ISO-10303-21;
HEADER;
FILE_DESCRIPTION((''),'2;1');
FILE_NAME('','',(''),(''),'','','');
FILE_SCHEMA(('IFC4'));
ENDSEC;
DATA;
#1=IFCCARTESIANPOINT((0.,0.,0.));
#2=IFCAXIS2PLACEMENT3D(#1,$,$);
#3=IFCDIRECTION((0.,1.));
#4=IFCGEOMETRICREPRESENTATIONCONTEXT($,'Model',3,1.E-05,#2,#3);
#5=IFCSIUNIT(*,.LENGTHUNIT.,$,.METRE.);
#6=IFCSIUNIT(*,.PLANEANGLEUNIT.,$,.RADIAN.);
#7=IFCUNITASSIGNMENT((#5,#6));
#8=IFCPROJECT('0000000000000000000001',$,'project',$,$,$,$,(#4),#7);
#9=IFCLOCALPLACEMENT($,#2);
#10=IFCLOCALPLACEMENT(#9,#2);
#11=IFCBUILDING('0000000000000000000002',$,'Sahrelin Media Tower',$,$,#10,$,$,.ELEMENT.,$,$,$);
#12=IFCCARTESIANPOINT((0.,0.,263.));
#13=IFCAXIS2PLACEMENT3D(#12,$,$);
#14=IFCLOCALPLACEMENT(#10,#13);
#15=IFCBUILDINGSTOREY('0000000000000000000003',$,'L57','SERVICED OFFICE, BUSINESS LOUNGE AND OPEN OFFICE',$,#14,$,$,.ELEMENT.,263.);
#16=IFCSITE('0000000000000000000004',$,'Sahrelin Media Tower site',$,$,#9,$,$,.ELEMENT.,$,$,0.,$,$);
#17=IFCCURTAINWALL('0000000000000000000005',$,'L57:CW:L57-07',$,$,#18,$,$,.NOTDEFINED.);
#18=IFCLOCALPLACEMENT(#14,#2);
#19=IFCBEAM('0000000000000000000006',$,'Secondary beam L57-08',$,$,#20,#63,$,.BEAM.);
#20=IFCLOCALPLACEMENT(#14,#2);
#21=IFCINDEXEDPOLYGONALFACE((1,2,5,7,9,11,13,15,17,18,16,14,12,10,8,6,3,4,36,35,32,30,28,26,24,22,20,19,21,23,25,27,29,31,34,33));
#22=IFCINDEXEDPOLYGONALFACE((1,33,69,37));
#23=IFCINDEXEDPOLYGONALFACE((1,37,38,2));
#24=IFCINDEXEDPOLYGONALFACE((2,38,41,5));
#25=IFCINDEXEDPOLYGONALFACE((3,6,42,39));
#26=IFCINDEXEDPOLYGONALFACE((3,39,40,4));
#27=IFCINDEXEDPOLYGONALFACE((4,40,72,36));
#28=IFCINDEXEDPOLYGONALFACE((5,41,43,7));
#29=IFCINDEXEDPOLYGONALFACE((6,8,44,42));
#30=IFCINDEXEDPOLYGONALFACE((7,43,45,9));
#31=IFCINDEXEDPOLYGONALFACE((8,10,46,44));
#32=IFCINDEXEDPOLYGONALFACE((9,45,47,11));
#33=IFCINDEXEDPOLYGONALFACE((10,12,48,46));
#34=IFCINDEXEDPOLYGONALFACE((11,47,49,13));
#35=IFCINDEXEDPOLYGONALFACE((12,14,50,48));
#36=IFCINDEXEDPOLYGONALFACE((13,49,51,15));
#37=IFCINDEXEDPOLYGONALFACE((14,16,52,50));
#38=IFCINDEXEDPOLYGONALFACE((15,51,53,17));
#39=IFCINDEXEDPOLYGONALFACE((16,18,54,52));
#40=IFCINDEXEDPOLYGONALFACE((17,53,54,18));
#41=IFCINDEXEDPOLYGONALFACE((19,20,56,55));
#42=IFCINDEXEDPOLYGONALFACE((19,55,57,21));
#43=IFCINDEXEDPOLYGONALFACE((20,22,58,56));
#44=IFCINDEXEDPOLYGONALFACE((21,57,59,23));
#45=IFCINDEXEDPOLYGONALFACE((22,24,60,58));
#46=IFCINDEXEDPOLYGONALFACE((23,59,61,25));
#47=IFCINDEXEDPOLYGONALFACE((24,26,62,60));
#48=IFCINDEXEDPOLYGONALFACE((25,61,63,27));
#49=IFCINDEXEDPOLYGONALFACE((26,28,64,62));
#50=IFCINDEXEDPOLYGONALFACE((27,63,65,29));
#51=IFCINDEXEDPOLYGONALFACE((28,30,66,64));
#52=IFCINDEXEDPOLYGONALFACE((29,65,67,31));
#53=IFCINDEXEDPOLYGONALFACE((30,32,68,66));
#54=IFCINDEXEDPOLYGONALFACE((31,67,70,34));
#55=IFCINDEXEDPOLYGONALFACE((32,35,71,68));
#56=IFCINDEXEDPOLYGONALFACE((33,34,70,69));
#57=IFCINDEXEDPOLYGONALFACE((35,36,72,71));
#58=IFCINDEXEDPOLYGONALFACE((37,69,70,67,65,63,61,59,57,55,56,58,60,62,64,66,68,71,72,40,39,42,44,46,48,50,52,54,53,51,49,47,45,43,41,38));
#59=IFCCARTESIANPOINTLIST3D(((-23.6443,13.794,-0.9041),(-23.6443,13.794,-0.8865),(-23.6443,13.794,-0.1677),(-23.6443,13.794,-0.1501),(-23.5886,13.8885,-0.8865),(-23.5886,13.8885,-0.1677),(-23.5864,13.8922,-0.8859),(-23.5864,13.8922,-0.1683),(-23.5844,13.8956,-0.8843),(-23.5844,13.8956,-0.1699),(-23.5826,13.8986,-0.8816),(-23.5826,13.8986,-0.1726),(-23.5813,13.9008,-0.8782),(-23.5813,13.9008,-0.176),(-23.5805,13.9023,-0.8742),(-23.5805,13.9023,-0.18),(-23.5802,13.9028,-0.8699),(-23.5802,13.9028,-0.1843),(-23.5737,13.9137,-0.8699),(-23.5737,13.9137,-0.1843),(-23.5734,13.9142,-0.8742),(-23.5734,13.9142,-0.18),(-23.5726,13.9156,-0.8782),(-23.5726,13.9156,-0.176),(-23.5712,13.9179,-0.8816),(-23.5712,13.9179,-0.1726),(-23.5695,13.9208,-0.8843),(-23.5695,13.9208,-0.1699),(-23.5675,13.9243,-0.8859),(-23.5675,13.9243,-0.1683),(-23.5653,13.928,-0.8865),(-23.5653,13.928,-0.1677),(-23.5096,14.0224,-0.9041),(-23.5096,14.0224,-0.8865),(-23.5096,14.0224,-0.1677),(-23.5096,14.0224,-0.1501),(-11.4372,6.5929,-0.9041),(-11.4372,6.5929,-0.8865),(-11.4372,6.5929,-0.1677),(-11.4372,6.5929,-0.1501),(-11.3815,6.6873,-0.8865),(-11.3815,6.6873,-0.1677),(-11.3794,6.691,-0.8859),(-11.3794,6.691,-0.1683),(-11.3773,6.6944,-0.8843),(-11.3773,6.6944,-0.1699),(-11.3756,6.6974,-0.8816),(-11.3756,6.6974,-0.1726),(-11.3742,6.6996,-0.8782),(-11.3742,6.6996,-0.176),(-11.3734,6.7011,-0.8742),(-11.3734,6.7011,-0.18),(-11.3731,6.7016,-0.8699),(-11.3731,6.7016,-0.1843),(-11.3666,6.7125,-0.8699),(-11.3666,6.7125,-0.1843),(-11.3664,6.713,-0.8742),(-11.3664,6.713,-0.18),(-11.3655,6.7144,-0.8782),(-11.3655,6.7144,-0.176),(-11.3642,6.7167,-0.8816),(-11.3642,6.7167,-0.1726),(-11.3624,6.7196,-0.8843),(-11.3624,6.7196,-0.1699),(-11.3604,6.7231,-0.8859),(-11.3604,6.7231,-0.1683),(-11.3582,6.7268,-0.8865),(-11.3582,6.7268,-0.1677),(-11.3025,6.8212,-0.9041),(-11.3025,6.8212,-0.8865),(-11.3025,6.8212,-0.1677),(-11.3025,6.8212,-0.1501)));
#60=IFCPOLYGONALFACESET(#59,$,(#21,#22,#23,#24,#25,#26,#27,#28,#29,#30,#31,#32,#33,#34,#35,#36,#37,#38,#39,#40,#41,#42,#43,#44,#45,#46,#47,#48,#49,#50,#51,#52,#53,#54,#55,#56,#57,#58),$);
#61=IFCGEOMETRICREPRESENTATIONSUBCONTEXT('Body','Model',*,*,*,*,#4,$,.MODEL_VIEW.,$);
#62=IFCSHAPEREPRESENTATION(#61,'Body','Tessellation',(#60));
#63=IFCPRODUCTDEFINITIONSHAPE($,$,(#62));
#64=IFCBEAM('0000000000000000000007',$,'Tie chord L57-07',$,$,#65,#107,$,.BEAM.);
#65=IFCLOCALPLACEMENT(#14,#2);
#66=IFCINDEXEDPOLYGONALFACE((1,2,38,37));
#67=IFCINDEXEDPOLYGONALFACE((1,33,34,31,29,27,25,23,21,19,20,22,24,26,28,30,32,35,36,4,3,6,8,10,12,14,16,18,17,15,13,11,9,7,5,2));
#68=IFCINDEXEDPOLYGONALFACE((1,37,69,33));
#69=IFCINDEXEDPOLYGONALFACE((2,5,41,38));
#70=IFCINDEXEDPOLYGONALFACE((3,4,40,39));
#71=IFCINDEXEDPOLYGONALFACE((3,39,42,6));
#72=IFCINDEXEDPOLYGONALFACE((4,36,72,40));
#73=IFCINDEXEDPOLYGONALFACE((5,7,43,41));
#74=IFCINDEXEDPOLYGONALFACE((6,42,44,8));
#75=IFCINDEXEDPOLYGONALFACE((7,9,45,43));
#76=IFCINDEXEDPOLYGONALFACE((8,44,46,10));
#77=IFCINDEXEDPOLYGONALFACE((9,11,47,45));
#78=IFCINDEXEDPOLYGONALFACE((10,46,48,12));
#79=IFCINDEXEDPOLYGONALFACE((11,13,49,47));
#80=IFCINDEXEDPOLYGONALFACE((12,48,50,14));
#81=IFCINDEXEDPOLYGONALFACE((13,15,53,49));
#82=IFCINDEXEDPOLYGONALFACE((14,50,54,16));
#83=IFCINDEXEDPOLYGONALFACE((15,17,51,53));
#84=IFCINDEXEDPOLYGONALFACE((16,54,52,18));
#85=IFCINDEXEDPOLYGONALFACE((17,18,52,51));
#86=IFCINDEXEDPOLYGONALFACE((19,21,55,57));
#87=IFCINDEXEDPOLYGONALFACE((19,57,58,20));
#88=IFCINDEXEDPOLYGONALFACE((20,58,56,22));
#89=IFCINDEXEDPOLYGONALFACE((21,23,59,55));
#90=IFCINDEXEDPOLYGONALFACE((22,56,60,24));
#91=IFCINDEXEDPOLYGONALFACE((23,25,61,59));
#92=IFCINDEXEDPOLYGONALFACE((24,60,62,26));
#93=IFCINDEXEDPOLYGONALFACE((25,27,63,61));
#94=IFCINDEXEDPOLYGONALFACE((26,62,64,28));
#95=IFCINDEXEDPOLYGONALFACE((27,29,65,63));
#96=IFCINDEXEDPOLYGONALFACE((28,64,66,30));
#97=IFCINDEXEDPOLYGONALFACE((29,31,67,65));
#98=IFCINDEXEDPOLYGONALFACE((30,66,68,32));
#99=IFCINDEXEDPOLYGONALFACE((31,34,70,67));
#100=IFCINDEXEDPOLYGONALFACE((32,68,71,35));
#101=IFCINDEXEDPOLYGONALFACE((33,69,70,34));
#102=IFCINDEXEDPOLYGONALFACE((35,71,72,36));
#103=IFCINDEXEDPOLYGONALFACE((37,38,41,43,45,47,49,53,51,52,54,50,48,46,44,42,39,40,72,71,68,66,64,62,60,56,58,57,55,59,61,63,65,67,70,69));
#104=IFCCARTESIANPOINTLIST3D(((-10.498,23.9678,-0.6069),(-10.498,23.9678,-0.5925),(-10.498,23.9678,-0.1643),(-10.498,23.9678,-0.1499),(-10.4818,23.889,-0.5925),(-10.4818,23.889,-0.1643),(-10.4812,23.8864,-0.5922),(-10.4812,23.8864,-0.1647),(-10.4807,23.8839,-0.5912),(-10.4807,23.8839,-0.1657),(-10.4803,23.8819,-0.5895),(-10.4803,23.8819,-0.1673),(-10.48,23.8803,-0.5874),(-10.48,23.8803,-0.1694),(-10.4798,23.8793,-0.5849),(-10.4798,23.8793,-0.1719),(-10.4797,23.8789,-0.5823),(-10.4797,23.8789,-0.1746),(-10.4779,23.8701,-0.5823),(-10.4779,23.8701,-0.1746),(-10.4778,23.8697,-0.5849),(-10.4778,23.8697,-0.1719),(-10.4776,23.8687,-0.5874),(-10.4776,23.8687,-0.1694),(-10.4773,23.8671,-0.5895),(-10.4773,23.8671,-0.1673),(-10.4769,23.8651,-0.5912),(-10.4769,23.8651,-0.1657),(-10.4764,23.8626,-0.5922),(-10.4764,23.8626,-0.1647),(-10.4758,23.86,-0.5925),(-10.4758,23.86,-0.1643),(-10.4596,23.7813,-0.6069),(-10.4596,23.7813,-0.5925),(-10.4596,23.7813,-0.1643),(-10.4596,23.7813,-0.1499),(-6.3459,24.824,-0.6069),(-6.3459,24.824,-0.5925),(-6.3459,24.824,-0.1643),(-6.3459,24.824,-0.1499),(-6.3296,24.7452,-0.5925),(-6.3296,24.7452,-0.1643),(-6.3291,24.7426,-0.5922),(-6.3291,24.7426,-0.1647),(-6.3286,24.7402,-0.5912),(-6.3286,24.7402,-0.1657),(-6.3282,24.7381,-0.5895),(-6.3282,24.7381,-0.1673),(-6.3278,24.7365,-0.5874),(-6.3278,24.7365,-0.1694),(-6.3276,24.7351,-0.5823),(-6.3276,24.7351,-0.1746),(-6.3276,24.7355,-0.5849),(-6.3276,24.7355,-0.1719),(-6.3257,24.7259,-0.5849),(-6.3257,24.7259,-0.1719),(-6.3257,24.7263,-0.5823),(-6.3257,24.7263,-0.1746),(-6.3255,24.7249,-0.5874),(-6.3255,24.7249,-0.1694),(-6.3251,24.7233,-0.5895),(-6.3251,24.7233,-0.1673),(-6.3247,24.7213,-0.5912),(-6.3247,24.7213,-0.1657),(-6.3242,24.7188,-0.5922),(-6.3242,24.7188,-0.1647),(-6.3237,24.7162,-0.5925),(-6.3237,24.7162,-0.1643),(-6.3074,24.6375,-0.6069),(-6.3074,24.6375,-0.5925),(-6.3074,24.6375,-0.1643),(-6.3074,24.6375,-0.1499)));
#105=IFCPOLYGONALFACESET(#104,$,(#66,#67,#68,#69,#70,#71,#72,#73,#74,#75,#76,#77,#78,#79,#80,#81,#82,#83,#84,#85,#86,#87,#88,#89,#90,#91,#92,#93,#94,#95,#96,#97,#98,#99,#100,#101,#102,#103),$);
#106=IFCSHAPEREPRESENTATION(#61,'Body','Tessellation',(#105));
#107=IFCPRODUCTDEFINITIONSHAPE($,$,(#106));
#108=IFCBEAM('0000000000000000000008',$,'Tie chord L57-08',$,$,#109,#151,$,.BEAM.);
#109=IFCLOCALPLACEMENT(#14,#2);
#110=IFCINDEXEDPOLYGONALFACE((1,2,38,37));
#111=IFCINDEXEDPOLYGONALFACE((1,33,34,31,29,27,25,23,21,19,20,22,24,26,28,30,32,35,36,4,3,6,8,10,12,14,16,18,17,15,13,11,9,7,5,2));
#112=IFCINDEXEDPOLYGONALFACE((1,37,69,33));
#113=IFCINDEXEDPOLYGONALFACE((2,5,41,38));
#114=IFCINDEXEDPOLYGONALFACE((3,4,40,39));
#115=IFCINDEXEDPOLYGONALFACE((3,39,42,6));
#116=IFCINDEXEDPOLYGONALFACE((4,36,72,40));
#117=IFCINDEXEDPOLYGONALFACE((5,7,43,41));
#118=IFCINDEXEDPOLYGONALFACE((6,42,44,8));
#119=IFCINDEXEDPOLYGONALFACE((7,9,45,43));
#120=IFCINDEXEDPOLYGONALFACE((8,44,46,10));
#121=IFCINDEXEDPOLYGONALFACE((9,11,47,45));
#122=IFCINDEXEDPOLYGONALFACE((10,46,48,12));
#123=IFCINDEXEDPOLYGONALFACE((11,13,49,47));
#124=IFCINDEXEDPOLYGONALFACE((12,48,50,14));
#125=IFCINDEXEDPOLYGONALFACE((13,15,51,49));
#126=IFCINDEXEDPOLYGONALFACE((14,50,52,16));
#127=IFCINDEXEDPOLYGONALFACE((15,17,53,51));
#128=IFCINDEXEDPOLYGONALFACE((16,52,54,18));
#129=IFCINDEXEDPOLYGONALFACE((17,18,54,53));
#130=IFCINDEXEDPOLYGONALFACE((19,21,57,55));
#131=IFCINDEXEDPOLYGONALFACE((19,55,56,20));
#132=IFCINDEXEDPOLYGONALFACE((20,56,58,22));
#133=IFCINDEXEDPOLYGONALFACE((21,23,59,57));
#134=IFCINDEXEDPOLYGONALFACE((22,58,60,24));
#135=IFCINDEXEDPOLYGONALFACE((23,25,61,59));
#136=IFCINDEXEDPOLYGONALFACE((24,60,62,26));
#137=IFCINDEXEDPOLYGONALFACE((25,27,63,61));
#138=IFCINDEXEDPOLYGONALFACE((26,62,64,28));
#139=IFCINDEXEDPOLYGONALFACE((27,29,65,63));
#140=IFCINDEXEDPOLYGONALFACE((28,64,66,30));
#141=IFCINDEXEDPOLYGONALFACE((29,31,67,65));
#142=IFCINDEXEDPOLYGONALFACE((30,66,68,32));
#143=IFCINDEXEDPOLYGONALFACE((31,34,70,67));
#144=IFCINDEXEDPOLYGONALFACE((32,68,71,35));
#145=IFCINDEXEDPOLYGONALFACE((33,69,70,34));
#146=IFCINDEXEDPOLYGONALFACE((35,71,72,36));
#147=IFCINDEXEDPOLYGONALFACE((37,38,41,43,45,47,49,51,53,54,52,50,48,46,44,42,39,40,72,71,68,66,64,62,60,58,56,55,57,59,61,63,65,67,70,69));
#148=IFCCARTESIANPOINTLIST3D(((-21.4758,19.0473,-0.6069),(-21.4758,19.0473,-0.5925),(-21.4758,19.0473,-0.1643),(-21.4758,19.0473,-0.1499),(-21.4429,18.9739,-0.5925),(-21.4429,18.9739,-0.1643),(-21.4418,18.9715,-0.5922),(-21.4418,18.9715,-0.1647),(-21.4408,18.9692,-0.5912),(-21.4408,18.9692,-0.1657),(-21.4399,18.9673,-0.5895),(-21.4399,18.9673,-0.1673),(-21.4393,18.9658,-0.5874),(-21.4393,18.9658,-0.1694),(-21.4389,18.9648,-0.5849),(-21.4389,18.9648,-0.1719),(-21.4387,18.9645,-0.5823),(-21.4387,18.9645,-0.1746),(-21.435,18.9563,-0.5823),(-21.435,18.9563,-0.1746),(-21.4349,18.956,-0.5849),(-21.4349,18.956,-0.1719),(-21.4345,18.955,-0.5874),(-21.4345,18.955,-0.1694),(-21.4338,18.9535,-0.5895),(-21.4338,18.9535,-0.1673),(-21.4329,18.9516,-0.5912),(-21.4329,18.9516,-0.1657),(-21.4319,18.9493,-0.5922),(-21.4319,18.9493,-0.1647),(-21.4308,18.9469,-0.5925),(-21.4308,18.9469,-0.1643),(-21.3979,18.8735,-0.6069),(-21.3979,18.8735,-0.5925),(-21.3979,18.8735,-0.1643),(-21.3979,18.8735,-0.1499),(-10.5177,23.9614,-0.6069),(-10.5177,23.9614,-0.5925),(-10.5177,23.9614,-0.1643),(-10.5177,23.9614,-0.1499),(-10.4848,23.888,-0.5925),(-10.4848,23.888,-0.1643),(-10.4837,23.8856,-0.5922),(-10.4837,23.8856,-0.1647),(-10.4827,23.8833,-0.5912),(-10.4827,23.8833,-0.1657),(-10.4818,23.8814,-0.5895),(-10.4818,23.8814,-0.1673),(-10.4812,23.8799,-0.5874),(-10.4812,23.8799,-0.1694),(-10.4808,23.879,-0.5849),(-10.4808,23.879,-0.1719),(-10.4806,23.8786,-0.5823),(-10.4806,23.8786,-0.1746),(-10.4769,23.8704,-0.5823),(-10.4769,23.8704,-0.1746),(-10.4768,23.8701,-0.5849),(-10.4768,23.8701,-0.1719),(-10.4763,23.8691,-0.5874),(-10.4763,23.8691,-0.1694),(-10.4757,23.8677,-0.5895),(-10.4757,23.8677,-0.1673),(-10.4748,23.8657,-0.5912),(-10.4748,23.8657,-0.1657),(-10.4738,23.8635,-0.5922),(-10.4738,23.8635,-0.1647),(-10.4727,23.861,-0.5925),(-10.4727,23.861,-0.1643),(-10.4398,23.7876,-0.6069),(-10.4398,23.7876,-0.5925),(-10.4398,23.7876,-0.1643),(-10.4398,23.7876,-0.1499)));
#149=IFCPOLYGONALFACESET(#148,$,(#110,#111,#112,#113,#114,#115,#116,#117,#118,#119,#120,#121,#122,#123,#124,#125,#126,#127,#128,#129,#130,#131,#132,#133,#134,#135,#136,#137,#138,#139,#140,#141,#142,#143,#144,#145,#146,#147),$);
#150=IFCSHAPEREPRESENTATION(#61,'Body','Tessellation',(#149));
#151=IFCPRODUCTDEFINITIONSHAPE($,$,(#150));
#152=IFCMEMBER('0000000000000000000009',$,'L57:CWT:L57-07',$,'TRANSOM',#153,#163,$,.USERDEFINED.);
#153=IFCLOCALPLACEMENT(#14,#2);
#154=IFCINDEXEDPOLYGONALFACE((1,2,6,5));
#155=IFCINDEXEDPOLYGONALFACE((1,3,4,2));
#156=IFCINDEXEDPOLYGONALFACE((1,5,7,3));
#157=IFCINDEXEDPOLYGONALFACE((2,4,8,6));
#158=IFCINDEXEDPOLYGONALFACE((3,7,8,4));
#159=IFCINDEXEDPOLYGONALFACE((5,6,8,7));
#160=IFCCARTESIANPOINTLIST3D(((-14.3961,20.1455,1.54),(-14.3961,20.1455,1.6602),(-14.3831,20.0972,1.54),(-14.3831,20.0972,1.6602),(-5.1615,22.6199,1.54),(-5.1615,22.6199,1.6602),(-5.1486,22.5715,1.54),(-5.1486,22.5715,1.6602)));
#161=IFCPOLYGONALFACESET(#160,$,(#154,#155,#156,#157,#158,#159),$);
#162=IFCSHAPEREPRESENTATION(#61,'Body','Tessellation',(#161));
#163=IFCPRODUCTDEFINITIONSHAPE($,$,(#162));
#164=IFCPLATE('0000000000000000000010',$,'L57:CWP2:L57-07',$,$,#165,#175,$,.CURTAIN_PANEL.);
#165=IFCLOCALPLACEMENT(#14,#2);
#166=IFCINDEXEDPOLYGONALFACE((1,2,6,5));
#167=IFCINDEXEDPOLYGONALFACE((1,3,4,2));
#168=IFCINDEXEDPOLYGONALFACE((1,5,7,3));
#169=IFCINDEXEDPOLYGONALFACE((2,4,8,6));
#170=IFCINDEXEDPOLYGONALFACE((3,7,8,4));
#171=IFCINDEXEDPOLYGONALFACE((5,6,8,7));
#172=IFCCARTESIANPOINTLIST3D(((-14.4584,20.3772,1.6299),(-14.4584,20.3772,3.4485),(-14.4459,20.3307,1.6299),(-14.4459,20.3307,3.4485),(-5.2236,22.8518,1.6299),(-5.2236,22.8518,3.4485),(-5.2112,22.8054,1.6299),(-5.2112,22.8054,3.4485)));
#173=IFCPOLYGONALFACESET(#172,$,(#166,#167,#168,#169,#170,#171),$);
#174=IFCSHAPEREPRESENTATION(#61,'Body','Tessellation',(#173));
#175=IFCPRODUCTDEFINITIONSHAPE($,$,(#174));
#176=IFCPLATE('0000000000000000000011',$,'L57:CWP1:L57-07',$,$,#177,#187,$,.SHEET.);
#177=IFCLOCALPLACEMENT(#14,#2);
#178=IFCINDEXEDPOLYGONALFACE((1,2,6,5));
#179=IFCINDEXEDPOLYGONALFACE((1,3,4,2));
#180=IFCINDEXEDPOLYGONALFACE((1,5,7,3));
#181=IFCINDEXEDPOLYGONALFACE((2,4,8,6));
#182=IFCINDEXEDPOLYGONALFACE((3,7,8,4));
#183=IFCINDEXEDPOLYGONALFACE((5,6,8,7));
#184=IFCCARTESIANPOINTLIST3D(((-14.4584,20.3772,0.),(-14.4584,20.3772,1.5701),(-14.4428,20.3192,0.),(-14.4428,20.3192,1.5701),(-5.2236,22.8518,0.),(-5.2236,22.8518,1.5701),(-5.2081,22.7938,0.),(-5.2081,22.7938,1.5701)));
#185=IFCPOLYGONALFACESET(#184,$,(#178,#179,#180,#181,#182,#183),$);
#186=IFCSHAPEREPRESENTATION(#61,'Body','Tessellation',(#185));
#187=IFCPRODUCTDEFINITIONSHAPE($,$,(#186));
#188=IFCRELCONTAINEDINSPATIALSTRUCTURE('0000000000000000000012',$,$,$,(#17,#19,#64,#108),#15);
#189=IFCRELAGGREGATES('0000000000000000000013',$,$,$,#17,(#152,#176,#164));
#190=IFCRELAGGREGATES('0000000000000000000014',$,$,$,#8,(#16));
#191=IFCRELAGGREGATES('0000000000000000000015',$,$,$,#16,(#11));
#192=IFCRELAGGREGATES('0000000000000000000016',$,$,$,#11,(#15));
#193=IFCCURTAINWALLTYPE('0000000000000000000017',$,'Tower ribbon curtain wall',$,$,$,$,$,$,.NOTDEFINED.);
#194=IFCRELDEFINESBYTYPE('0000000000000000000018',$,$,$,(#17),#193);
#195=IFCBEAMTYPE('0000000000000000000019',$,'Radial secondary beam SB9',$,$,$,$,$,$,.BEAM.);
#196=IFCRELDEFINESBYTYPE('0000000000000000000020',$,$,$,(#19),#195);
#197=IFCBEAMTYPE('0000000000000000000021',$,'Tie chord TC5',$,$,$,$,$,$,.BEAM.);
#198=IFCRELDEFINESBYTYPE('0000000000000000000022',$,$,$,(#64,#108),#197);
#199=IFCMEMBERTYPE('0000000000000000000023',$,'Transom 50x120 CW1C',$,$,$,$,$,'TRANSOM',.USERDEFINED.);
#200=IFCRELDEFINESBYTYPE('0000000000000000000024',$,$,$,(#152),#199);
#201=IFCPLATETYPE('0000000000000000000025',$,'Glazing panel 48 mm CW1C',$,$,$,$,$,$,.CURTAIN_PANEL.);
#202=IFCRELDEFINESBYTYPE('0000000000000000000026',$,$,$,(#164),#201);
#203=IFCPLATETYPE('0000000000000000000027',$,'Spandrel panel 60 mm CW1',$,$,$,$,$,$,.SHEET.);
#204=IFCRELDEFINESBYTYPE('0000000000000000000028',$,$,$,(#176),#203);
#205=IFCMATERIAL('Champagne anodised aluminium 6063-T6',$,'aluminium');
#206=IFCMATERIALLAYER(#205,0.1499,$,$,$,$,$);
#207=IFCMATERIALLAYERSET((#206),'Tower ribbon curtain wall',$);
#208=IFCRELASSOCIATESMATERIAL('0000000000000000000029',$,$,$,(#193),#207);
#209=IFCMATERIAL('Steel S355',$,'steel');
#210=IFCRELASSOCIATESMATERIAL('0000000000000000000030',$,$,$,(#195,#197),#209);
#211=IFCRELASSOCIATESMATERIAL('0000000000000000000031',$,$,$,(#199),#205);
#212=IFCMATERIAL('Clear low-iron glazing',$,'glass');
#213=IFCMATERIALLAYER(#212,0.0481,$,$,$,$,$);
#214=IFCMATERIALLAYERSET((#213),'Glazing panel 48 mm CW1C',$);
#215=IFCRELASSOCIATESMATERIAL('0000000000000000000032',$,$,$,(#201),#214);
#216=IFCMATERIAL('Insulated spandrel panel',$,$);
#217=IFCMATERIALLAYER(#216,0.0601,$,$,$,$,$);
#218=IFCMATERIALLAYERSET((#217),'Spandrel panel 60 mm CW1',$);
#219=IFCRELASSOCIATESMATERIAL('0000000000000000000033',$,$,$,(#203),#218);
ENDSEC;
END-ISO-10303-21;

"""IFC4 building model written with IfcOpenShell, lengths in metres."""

from ifc_helpers import new_model, si_unit, direction, frame, origin, origin_2d, place, context, subcontext, project, spatial, polyline, rectangle, i_section, outline, extrude, material, layer, layer_set, material_profile, profile_set, type_object, element, aggregate, save


model = new_model("IFC4")

# Units and contexts
model_context = context("Model", 3, precision=1e-05, world=origin(), true_north=direction((0.0, 1.0)))
body_context = subcontext(model_context, "Body", "Model", "MODEL_VIEW")
ifc_project = project(units=[si_unit("LENGTHUNIT", "METRE"), si_unit("PLANEANGLEUNIT", "RADIAN")], contexts=[model_context])

# Site, building, storey
site_placement = place(None, origin())
site = spatial("IfcSite", under=ifc_project, at=site_placement, Name="Sahrelin Media Tower site", CompositionType="ELEMENT", RefElevation=0.0)
building_placement = place(site_placement, origin())
building = spatial("IfcBuilding", under=site, at=building_placement, Name="Sahrelin Media Tower", CompositionType="ELEMENT")
storey_placement = place(building_placement, frame((0.0, 0.0, 263.0)))
storey = spatial("IfcBuildingStorey", under=building, at=storey_placement, Name="L57", Description="SERVICED OFFICE, BUSINESS LOUNGE AND OPEN OFFICE", CompositionType="ELEMENT", Elevation=263.0)

# Shared definitions
ifc_material_1 = material(Name="Steel S355", Category="steel")

# Curtain wall
ifc_material_2 = material(Name="Champagne anodised aluminium 6063-T6", Category="aluminium")
ifc_layer_1 = layer(ifc_material_2, 0.1499)
ifc_layer_set_1 = layer_set([ifc_layer_1], Name="Tower ribbon curtain wall")
curtain_wall_type = type_object("IfcCurtainWallType", Name="Tower ribbon curtain wall", PredefinedType="NOTDEFINED", material=ifc_layer_set_1)
curtain_wall_placement = place(storey_placement, frame((-9.8357, 21.5952, 0.0), z_axis=(0.0, 0.0, 1.0), x_axis=(1.0, 0.0, 0.0)))
curtain_wall = element("IfcCurtainWall", 1, at=curtain_wall_placement, inside=storey, type_object=curtain_wall_type, Name="L57:CW:L57-07", PredefinedType="NOTDEFINED")

# Beams
ifc_material_profile_1 = material_profile(ifc_material_1, i_section(OverallWidth=0.2651, OverallDepth=0.7539, WebThickness=0.0127, FlangeThickness=0.0176, FilletRadius=0.0166, at=origin_2d()), Name="UB 762x267x147")
ifc_profile_set_1 = profile_set([ifc_material_profile_1], Name="Steel S355")
beam_type_1 = type_object("IfcBeamType", Name="Radial secondary beam SB9", PredefinedType="BEAM", material=ifc_profile_set_1)
beam_1_placement = place(storey_placement, frame((-11.3699, 6.707, -0.5271), z_axis=(-0.861299, 0.508098, 0.0), x_axis=(-0.508098, -0.861299, 0.0)))
element("IfcBeam", 2, at=beam_1_placement, inside=storey, type_object=beam_type_1, Name="Secondary beam L57-08", PredefinedType="BEAM", context=body_context, shape_type="SweptSolid", body=[
    extrude(i_section(OverallWidth=0.2651, OverallDepth=0.7539, WebThickness=0.0127, FlangeThickness=0.0176, FilletRadius=0.0166, at=origin_2d()), origin(), (0.0, 0.0, 1.0), 14.1729),
])
ifc_material_profile_2 = material_profile(ifc_material_1, i_section(OverallWidth=0.1904, OverallDepth=0.457, WebThickness=0.009, FlangeThickness=0.0144, FilletRadius=0.0103, at=origin_2d()), Name="UB 457x191x74")
ifc_profile_set_2 = profile_set([ifc_material_profile_2], Name="Steel S355")
beam_type_2 = type_object("IfcBeamType", Name="Tie chord TC5", PredefinedType="BEAM", material=ifc_profile_set_2)
beam_2_placement = place(storey_placement, frame((-6.3267, 24.7307, -0.3784), z_axis=(-0.979394, -0.20196, 0.0), x_axis=(0.20196, -0.979394, 0.0)))
element("IfcBeam", 3, at=beam_2_placement, inside=storey, type_object=beam_type_2, Name="Tie chord L57-07", PredefinedType="BEAM", context=body_context, shape_type="SweptSolid", body=[
    extrude(i_section(OverallWidth=0.1904, OverallDepth=0.457, WebThickness=0.009, FlangeThickness=0.0144, FilletRadius=0.0103, at=origin_2d()), origin(), (0.0, 0.0, 1.0), 4.2395),
])
beam_3_placement = place(storey_placement, frame((-10.4788, 23.8745, -0.3784), z_axis=(-0.912452, -0.409184, 0.0), x_axis=(0.409184, -0.912452, 0.0)))
element("IfcBeam", 4, at=beam_3_placement, inside=storey, type_object=beam_type_2, Name="Tie chord L57-08", PredefinedType="BEAM", context=body_context, shape_type="SweptSolid", body=[
    extrude(i_section(OverallWidth=0.1904, OverallDepth=0.457, WebThickness=0.009, FlangeThickness=0.0144, FilletRadius=0.0103, at=origin_2d()), origin(), (0.0, 0.0, 1.0), 12.0095),
])

# Member
ifc_material_profile_3 = material_profile(ifc_material_2, rectangle(XDim=0.05, YDim=0.1201, at=origin_2d()), Name="Transom 50x120")
ifc_profile_set_3 = profile_set([ifc_material_profile_3], Name="Champagne anodised aluminium 6063-T6")
member_type_1 = type_object("IfcMemberType", Name="Transom 50x120 CW1C", ElementType="TRANSOM", PredefinedType="USERDEFINED", material=ifc_profile_set_3)
member_1_placement = place(storey_placement, frame((-5.155, 22.5957, 1.6001), z_axis=(-0.965927, -0.258815, 0.0), x_axis=(0.258815, -0.965927, 0.0)))
member_1 = element("IfcMember", 5, at=member_1_placement, type_object=member_type_1, Name="L57:CWT:L57-07", ObjectType="TRANSOM", PredefinedType="USERDEFINED", context=body_context, shape_type="SweptSolid", body=[
    extrude(rectangle(XDim=0.05, YDim=0.1201, at=origin_2d()), origin(), (0.0, 0.0, 1.0), 9.5603),
])

# Plates
ifc_material_3 = material(Name="Clear low-iron glazing", Category="glass")
ifc_layer_2 = layer(ifc_material_3, 0.0481)
ifc_layer_set_2 = layer_set([ifc_layer_2], Name="Glazing panel 48 mm CW1C")
plate_type_1 = type_object("IfcPlateType", Name="Glazing panel 48 mm CW1C", PredefinedType="CURTAIN_PANEL", material=ifc_layer_set_2)
plate_1_placement = place(storey_placement, frame((-5.2236, 22.8518, 1.6299), z_axis=(-0.258839, 0.965921, 0.0), x_axis=(-0.965921, -0.258839, 0.0)))
plate_1 = element("IfcPlate", 6, at=plate_1_placement, type_object=plate_type_1, Name="L57:CWP2:L57-07", PredefinedType="CURTAIN_PANEL", context=body_context, shape_type="SweptSolid", body=[
    extrude(outline(polyline([(0.0, 0.0), (9.5605, 0.0), (9.5605, 1.8186), (0.0, 1.8186), (0.0, 0.0)])), origin(), (0.0, 0.0, -1.0), 0.0481),
])
ifc_material_4 = material(Name="Insulated spandrel panel")
ifc_layer_3 = layer(ifc_material_4, 0.0601)
ifc_layer_set_3 = layer_set([ifc_layer_3], Name="Spandrel panel 60 mm CW1")
plate_type_2 = type_object("IfcPlateType", Name="Spandrel panel 60 mm CW1", PredefinedType="SHEET", material=ifc_layer_set_3)
plate_2_placement = place(storey_placement, frame((-5.2236, 22.8518, 0.0), z_axis=(-0.258839, 0.965921, 0.0), x_axis=(-0.965921, -0.258839, 0.0)))
plate_2 = element("IfcPlate", 7, at=plate_2_placement, type_object=plate_type_2, Name="L57:CWP1:L57-07", PredefinedType="SHEET", context=body_context, shape_type="SweptSolid", body=[
    extrude(outline(polyline([(0.0, 0.0), (9.5605, 0.0), (9.5605, 1.5701), (0.0, 1.5701), (0.0, 0.0)])), origin(), (0.0, 0.0, -1.0), 0.0601),
])
aggregate(curtain_wall, [member_1, plate_2, plate_1])

save(model, "model.ifc")
